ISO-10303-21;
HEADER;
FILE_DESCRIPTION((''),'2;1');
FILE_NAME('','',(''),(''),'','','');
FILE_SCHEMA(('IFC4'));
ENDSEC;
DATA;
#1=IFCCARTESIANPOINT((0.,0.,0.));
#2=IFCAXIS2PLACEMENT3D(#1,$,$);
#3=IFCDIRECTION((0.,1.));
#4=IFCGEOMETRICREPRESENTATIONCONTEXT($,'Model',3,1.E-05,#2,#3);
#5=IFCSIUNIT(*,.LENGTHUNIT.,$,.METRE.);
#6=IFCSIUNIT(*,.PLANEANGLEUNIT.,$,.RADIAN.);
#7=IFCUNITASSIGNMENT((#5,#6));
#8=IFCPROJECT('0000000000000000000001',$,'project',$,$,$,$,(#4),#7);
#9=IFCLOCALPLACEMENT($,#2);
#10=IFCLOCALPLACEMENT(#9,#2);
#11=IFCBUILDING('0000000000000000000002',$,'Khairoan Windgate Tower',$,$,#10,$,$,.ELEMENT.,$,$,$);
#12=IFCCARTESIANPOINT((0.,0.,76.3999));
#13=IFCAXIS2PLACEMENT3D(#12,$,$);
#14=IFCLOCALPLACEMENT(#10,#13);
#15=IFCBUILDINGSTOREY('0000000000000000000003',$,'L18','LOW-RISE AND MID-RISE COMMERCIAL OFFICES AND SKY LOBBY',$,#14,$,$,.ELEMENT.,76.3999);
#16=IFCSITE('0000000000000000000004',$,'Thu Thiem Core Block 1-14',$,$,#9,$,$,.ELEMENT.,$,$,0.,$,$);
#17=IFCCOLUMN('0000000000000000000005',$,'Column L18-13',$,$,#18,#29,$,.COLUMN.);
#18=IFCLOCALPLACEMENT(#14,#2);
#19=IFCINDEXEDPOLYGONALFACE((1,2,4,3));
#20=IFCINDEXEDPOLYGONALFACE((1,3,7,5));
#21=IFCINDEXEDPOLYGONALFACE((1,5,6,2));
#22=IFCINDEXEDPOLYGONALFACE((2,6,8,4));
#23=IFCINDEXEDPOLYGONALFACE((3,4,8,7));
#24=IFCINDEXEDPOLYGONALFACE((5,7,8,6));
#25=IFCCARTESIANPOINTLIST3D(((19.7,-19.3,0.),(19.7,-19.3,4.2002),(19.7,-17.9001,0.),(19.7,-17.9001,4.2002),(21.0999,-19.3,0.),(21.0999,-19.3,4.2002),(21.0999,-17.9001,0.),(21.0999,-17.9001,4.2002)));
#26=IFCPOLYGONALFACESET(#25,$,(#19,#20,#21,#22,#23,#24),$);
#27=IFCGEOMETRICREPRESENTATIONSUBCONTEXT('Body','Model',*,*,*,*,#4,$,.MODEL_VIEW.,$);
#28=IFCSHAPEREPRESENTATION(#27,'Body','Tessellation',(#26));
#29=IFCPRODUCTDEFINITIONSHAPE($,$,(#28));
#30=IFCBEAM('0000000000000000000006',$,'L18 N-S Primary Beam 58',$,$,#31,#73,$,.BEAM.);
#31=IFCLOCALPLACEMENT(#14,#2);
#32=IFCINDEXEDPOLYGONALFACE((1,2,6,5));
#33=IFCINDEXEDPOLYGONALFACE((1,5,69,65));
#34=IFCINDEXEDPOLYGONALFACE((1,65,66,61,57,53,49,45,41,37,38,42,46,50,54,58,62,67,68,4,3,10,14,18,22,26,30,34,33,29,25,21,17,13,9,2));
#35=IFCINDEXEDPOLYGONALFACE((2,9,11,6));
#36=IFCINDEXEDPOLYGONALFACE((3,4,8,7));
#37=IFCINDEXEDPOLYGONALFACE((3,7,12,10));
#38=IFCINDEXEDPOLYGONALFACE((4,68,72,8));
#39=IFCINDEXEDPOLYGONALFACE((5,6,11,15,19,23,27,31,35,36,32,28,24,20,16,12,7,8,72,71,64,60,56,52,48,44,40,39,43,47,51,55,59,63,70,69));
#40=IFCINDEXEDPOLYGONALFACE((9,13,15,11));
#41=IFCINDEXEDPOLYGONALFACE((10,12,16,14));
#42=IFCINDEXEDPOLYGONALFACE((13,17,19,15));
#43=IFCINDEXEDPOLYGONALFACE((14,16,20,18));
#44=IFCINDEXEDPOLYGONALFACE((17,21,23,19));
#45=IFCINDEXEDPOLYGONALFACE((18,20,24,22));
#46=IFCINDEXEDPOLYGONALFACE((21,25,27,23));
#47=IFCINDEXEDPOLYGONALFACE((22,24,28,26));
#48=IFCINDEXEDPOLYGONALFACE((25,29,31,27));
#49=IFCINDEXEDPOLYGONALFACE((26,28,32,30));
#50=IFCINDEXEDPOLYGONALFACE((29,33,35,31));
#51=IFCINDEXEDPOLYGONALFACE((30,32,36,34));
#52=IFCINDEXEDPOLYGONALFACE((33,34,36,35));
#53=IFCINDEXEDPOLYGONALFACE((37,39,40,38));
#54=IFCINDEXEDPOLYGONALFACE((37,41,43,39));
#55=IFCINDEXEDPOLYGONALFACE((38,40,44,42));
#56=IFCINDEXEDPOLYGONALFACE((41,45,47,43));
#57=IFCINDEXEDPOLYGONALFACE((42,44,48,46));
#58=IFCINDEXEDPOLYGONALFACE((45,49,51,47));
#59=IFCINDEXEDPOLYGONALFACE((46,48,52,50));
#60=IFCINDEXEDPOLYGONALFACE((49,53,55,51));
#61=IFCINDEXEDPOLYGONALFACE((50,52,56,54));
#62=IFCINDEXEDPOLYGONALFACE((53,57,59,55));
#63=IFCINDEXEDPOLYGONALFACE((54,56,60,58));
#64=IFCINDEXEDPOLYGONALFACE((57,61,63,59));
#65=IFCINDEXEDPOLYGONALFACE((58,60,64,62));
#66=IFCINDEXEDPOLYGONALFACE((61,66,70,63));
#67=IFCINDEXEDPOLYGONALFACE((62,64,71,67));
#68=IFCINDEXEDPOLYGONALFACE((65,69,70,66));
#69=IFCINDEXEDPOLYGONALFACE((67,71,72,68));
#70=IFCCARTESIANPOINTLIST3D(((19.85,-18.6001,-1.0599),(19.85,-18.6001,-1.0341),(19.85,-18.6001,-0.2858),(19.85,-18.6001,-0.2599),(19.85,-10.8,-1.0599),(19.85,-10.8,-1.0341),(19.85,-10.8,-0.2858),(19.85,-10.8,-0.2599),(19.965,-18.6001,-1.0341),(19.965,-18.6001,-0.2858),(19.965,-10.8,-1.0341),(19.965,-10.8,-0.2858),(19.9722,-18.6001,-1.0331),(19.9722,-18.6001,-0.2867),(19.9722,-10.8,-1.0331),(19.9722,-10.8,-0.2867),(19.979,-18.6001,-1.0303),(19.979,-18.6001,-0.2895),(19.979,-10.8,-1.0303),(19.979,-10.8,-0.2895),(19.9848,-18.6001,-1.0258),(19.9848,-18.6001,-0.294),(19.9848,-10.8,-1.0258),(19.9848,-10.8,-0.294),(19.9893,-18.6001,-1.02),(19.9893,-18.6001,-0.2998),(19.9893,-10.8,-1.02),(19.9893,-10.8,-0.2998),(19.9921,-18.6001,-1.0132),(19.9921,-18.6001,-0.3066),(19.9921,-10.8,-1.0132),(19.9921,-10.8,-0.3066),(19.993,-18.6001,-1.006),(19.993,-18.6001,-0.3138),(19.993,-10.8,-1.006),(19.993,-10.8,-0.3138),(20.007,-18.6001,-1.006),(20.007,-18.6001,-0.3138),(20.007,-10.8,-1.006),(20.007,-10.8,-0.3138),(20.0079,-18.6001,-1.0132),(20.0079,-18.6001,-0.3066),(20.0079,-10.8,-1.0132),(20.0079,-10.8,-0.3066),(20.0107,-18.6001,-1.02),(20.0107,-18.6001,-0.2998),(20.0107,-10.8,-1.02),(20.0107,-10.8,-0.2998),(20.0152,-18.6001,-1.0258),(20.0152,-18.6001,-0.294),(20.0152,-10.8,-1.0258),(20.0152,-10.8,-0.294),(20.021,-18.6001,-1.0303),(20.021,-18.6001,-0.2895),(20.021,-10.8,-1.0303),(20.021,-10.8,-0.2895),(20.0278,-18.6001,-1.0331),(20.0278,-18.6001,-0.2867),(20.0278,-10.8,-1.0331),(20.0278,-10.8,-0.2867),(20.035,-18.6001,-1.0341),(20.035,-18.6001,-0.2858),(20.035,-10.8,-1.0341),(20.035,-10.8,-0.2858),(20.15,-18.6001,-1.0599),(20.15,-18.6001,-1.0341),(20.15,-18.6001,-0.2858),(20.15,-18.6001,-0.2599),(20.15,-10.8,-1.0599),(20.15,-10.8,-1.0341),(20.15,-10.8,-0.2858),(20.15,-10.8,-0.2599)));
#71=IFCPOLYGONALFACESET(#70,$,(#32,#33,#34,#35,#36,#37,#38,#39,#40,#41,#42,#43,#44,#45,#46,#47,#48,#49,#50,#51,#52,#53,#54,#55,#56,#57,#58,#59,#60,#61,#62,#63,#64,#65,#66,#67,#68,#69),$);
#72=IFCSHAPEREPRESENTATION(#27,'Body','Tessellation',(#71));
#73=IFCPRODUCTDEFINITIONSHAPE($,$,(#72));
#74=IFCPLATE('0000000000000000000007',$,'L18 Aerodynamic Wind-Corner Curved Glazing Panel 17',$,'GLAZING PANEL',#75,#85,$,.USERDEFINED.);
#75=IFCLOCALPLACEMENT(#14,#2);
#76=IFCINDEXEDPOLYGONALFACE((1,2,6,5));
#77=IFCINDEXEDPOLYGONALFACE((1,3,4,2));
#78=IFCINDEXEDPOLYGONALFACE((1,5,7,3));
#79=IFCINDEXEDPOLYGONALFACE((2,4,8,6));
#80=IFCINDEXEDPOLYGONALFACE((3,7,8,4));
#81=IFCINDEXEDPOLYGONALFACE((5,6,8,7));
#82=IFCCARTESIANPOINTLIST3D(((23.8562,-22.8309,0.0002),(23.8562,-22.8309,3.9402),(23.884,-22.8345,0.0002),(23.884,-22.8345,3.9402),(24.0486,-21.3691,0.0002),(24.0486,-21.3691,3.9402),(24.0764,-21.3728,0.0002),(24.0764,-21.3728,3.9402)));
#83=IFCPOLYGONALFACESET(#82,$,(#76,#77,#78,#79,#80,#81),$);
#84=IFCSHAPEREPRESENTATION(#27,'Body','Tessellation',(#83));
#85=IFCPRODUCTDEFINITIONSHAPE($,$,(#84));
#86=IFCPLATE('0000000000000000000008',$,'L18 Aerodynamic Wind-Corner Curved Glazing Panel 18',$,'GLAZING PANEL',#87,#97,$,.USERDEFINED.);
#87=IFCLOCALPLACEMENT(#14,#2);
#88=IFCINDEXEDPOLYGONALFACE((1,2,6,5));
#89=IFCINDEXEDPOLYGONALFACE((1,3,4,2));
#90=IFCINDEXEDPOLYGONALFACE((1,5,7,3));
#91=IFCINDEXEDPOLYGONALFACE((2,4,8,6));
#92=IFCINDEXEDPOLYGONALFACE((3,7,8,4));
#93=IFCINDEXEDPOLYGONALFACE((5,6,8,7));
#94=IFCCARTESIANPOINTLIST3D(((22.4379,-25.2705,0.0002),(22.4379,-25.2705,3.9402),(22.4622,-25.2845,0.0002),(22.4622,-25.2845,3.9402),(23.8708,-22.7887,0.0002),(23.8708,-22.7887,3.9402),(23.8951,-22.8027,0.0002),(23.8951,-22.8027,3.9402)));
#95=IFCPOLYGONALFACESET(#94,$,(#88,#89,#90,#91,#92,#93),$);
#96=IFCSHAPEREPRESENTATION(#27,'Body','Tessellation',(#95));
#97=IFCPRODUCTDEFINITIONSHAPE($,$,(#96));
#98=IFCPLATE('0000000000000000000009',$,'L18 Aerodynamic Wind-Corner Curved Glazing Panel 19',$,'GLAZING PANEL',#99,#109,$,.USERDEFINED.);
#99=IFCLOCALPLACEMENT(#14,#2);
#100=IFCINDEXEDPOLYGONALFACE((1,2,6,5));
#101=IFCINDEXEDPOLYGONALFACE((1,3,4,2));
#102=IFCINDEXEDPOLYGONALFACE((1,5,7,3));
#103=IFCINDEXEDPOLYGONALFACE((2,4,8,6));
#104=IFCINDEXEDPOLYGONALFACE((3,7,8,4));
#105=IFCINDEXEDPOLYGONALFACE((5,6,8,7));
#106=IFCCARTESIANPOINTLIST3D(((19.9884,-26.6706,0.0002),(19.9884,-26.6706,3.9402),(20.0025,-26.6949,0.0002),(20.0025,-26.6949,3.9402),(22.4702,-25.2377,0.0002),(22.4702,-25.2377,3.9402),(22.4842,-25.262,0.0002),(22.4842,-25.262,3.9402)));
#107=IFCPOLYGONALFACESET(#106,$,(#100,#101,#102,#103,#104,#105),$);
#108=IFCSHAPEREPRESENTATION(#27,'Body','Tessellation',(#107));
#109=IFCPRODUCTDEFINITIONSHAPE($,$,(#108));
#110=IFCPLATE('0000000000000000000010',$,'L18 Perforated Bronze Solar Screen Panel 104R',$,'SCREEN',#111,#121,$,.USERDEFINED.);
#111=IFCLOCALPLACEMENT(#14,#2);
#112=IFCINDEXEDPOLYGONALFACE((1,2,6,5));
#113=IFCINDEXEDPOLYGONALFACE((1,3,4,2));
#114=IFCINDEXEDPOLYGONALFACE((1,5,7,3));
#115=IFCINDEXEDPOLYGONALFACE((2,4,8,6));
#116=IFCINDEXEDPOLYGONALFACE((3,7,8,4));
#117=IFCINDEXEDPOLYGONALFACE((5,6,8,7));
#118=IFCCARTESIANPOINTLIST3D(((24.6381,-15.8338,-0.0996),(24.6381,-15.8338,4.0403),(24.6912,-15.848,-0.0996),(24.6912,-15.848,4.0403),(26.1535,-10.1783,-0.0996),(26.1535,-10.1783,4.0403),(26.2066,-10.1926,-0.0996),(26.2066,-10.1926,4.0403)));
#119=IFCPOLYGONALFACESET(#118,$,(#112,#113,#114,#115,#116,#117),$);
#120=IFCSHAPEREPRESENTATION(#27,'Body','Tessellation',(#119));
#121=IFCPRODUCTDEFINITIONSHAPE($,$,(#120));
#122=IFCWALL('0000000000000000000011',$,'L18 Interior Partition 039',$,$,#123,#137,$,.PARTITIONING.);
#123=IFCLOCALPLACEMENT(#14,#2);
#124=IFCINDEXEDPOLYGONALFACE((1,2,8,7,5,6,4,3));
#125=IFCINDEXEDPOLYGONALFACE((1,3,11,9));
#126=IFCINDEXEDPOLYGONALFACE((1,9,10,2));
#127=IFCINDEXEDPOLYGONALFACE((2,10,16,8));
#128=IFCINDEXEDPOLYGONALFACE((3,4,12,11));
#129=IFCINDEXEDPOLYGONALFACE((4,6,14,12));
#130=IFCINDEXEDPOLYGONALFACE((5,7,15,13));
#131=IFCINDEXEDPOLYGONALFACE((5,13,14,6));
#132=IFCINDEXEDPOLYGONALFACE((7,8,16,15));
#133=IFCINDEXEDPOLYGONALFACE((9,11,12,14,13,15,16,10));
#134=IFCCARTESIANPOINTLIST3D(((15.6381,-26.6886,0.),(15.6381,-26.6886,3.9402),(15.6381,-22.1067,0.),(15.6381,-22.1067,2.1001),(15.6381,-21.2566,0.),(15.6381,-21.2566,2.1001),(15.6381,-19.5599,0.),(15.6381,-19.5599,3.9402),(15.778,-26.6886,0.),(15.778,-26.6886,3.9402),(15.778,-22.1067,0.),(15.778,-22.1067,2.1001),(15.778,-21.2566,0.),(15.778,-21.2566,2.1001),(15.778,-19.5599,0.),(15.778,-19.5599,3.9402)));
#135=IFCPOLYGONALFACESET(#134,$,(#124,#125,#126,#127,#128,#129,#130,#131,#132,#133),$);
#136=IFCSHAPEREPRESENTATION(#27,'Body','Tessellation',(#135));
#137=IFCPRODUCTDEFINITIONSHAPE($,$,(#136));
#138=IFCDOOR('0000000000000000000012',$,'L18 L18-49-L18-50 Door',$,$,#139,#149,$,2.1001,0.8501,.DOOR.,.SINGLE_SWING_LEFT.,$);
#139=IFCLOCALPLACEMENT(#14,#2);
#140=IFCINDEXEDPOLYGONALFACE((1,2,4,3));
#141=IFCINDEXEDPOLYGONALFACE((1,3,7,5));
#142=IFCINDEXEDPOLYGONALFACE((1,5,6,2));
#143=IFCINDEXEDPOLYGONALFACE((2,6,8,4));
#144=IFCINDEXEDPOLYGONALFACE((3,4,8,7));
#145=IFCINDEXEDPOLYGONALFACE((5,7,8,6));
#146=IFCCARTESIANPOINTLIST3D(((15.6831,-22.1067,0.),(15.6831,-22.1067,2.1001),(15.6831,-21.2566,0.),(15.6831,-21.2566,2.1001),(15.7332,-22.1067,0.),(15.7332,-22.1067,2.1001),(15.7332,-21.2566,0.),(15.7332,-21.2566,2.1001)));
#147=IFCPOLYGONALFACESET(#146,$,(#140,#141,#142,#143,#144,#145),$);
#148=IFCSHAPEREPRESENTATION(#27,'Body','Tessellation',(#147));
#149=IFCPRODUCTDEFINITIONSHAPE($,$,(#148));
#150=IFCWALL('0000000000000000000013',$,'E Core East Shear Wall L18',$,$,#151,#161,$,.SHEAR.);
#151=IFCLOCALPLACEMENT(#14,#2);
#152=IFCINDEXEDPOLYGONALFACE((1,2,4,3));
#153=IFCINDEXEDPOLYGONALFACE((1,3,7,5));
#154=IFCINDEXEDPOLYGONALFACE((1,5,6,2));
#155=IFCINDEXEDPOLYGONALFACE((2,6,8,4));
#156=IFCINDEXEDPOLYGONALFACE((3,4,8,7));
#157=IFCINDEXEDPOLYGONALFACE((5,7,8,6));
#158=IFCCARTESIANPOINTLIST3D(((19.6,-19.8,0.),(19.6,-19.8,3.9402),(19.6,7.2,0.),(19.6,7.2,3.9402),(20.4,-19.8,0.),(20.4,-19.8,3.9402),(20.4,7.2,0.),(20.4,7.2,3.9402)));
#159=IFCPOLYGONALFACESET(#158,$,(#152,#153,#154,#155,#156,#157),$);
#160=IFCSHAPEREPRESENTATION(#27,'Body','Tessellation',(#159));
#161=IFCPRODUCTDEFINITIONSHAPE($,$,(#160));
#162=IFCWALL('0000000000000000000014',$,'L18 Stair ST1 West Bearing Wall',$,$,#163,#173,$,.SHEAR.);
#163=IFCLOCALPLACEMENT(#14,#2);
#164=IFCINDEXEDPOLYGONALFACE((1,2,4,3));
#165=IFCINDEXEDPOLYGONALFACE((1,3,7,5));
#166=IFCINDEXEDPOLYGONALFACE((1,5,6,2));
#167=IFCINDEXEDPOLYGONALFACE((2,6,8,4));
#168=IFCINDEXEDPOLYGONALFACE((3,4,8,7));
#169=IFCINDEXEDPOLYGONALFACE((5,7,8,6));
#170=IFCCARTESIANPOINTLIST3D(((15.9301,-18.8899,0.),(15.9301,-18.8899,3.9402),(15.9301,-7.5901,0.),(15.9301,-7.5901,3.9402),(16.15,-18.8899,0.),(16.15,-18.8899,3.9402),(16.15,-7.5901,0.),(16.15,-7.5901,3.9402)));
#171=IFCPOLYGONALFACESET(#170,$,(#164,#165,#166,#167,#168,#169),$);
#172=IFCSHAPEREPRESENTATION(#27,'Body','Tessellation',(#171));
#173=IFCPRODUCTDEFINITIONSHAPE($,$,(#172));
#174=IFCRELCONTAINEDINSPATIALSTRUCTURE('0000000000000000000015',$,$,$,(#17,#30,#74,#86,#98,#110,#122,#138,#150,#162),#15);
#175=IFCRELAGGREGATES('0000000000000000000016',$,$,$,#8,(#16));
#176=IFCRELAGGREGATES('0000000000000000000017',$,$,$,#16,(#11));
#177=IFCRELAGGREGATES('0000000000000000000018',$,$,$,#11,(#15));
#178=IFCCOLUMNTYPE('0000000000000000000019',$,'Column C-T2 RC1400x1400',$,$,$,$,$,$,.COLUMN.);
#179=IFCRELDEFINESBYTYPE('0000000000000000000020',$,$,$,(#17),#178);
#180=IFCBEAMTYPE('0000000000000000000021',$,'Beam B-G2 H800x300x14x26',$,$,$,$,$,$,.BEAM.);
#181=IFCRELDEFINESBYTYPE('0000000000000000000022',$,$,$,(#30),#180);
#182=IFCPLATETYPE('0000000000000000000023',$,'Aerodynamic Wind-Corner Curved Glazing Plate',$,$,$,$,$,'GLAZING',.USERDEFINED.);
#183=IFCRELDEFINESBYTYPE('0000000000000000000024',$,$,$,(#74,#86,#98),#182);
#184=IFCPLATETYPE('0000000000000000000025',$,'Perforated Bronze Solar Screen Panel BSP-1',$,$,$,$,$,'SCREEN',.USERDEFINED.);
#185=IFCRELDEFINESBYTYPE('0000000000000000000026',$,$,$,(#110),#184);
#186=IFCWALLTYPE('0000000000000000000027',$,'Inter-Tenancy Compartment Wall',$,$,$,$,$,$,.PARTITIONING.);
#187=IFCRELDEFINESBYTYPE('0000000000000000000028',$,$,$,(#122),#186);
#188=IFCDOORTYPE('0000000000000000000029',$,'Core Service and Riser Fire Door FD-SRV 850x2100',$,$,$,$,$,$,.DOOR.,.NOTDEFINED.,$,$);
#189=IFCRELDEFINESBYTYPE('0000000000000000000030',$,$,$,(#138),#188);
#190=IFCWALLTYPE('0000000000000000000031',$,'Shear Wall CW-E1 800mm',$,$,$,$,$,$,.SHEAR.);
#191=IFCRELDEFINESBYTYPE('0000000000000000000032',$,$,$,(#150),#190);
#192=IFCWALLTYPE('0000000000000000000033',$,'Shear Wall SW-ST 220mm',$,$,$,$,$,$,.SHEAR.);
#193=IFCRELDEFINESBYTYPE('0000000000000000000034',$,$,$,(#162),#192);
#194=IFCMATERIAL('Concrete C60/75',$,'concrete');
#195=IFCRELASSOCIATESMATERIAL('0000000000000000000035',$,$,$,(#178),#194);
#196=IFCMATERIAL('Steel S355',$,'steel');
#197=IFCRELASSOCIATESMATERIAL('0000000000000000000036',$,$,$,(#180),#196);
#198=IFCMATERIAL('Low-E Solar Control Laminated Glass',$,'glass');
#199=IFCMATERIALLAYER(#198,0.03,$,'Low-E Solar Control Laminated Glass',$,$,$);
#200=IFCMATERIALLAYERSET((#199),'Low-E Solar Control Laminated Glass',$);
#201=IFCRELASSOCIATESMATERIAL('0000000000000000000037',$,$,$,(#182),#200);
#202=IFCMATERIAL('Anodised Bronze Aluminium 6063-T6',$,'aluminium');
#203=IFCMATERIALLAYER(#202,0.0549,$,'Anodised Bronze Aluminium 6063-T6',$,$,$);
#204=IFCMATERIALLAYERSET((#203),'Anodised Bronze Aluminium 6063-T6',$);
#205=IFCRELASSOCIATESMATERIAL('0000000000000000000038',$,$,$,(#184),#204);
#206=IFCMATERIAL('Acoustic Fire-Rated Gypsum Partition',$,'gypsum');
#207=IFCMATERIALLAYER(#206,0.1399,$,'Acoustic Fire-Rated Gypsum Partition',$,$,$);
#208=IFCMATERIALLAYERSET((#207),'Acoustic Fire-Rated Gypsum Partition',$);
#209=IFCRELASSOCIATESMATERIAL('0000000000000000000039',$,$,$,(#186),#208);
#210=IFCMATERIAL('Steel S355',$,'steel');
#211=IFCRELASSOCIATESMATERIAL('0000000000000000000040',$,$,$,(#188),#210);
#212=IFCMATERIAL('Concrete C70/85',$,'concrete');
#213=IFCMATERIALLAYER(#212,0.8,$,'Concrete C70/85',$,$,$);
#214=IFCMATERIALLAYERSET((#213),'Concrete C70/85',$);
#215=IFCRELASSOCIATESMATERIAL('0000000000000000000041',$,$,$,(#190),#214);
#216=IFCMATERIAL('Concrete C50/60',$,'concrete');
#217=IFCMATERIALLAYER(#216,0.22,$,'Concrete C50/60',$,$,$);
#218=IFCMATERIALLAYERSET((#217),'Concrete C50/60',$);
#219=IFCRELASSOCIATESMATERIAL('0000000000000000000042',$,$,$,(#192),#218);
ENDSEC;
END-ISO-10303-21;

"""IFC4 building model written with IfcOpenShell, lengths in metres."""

from ifc_helpers import new_model, si_unit, direction, frame, frame_2d, origin, origin_2d, place, context, subcontext, project, spatial, rectangle, i_section, extrude, material, layer, layer_set, material_profile, profile_set, type_object, element, fill, save


model = new_model("IFC4")

# Units and contexts
model_context = context("Model", 3, precision=1e-05, world=origin(), true_north=direction((0.0, 1.0)))
body_context = subcontext(model_context, "Body", "Model", "MODEL_VIEW")
ifc_project = project(units=[si_unit("LENGTHUNIT", "METRE"), si_unit("PLANEANGLEUNIT", "RADIAN")], contexts=[model_context])

# Site, building, storey
site_placement = place(None, origin())
site = spatial("IfcSite", under=ifc_project, at=site_placement, Name="Thu Thiem Core Block 1-14", CompositionType="ELEMENT", RefElevation=0.0)
building_placement = place(site_placement, origin())
building = spatial("IfcBuilding", under=site, at=building_placement, Name="Khairoan Windgate Tower", CompositionType="ELEMENT")
storey_placement = place(building_placement, frame((0.0, 0.0, 76.3999)))
storey = spatial("IfcBuildingStorey", under=building, at=storey_placement, Name="L18", Description="LOW-RISE AND MID-RISE COMMERCIAL OFFICES AND SKY LOBBY", CompositionType="ELEMENT", Elevation=76.3999)

# Column
ifc_material_1 = material(Name="Concrete C60/75", Category="concrete")
ifc_material_profile_1 = material_profile(ifc_material_1, rectangle(XDim=1.3999, YDim=1.3999, at=origin_2d()))
ifc_profile_set_1 = profile_set([ifc_material_profile_1], Name="Concrete C60/75")
column_type = type_object("IfcColumnType", Name="Column C-T2 RC1400x1400", PredefinedType="COLUMN", material=ifc_profile_set_1)
column_placement = place(storey_placement, frame((20.3999, -18.6001, 0.0), z_axis=(0.0, 0.0, 1.0), x_axis=(1.0, 0.0, 0.0)))
element("IfcColumn", 1, at=column_placement, inside=storey, type_object=column_type, Name="Column L18-13", PredefinedType="COLUMN", context=body_context, shape_type="SweptSolid", body=[
    extrude(rectangle(XDim=1.3999, YDim=1.3999, at=origin_2d()), origin(), (0.0, 0.0, 1.0), 4.2002),
])

# Beam
ifc_material_2 = material(Name="Steel S355", Category="steel")
ifc_material_profile_2 = material_profile(ifc_material_2, i_section(OverallWidth=0.3, OverallDepth=0.8, WebThickness=0.0139, FlangeThickness=0.0259, FilletRadius=0.0281, at=origin_2d()))
ifc_profile_set_2 = profile_set([ifc_material_profile_2], Name="Steel S355")
beam_type = type_object("IfcBeamType", Name="Beam B-G2 H800x300x14x26", PredefinedType="BEAM", material=ifc_profile_set_2)
beam_placement = place(storey_placement, frame((20.0, -18.6001, -0.6599), z_axis=(0.0, 1.0, 0.0), x_axis=(-1.0, 0.0, 0.0)))
element("IfcBeam", 2, at=beam_placement, inside=storey, type_object=beam_type, Name="L18 N-S Primary Beam 58", PredefinedType="BEAM", context=body_context, shape_type="SweptSolid", body=[
    extrude(i_section(OverallWidth=0.3, OverallDepth=0.8, WebThickness=0.0139, FlangeThickness=0.0259, FilletRadius=0.0281, at=origin_2d()), origin(), (0.0, 0.0, 1.0), 7.8),
])

# Plates
ifc_material_3 = material(Name="Low-E Solar Control Laminated Glass", Category="glass")
ifc_layer_1 = layer(ifc_material_3, 0.03, Name="Low-E Solar Control Laminated Glass")
ifc_layer_set_1 = layer_set([ifc_layer_1], Name="Low-E Solar Control Laminated Glass")
plate_type_1 = type_object("IfcPlateType", Name="Aerodynamic Wind-Corner Curved Glazing Plate", ElementType="GLAZING", PredefinedType="USERDEFINED", material=ifc_layer_set_1)
plate_1_placement = place(storey_placement, frame((23.9663, -22.1018, 0.0002), z_axis=(0.0, 0.0, 1.0), x_axis=(-0.130526, -0.991445, 0.0)))
element("IfcPlate", 3, at=plate_1_placement, inside=storey, type_object=plate_type_1, Name="L18 Aerodynamic Wind-Corner Curved Glazing Panel 17", ObjectType="GLAZING PANEL", PredefinedType="USERDEFINED", context=body_context, shape_type="SweptSolid", body=[
    extrude(rectangle(XDim=1.4744, YDim=0.0281, at=origin_2d()), origin(), (0.0, 0.0, 1.0), 3.9399),
])
for number, where, z_axis, x_axis, name in (
    (4, (23.1665, -24.0366, 0.0002), (0.0, 0.0, 1.0), (-0.5, -0.866025, 0.0), "L18 Aerodynamic Wind-Corner Curved Glazing Panel 18"),
    (5, (21.2363, -25.9663, 0.0002), (0.0, 0.0, 1.0), (-0.866025, -0.5, 0.0), "L18 Aerodynamic Wind-Corner Curved Glazing Panel 19"),
):
    element("IfcPlate", number, at=place(storey_placement, frame(where, z_axis=z_axis, x_axis=x_axis)), inside=storey, type_object=plate_type_1, Name=name, ObjectType="GLAZING PANEL", PredefinedType="USERDEFINED", context=body_context, shape_type="SweptSolid", body=[
        extrude(rectangle(XDim=2.8657, YDim=0.0281, at=origin_2d()), origin(), (0.0, 0.0, 1.0), 3.9399),
    ])

# Plate
ifc_material_4 = material(Name="Anodised Bronze Aluminium 6063-T6", Category="aluminium")
ifc_layer_2 = layer(ifc_material_4, 0.0549, Name="Anodised Bronze Aluminium 6063-T6")
ifc_layer_set_2 = layer_set([ifc_layer_2], Name="Anodised Bronze Aluminium 6063-T6")
plate_type_2 = type_object("IfcPlateType", Name="Perforated Bronze Solar Screen Panel BSP-1", ElementType="SCREEN", PredefinedType="USERDEFINED", material=ifc_layer_set_2)
plate_2_placement = place(storey_placement, frame((25.4224, -13.0132, -0.0996), z_axis=(0.0, 0.0, 1.0), x_axis=(-0.258819, -0.965926, 0.0)))
element("IfcPlate", 6, at=plate_2_placement, inside=storey, type_object=plate_type_2, Name="L18 Perforated Bronze Solar Screen Panel 104R", ObjectType="SCREEN", PredefinedType="USERDEFINED", context=body_context, shape_type="SweptSolid", body=[
    extrude(rectangle(XDim=5.855, YDim=0.0549, at=origin_2d()), origin(), (0.0, 0.0, 1.0), 4.1399),
])

# Wall, opening, door
ifc_material_5 = material(Name="Acoustic Fire-Rated Gypsum Partition", Category="gypsum")
ifc_layer_3 = layer(ifc_material_5, 0.1399, Name="Acoustic Fire-Rated Gypsum Partition")
ifc_layer_set_3 = layer_set([ifc_layer_3], Name="Acoustic Fire-Rated Gypsum Partition")
wall_type_1 = type_object("IfcWallType", Name="Inter-Tenancy Compartment Wall", PredefinedType="PARTITIONING", material=ifc_layer_set_3)
wall_1_placement = place(storey_placement, frame((15.708, -26.6887, 0.0), z_axis=(0.0, 0.0, 1.0), x_axis=(0.0, 1.0, 0.0)))
wall_1 = element("IfcWall", 7, at=wall_1_placement, inside=storey, type_object=wall_type_1, Name="L18 Interior Partition 039", PredefinedType="PARTITIONING", context=body_context, shape_type="SweptSolid", body=[
    extrude(rectangle(XDim=7.1287, YDim=0.1399, at=frame_2d((3.5645, 0.0))), origin(), (0.0, 0.0, 1.0), 3.9402),
])
opening_placement = place(wall_1_placement, frame((4.582, 0.0, 0.0)))
opening = element("IfcOpeningElement", 8, at=opening_placement, cuts=wall_1, PredefinedType="OPENING", context=body_context, shape_type="SweptSolid", body=[
    extrude(rectangle(XDim=0.8501, YDim=2.1001, at=frame_2d((0.425, 1.05))), frame((0.0, 0.0798, 0.0), z_axis=(0.0, -1.0, 0.0), x_axis=(1.0, 0.0, 0.0)), (0.0, 0.0, 1.0), 0.1599),
])
ifc_material_6 = material(Name="Steel S355", Category="steel")
door_type = type_object("IfcDoorType", Name="Core Service and Riser Fire Door FD-SRV 850x2100", OperationType="NOTDEFINED", PredefinedType="DOOR", material=ifc_material_6)
door_placement = place(opening_placement, origin())
door = element("IfcDoor", 9, at=door_placement, inside=storey, type_object=door_type, Name="L18 L18-49-L18-50 Door", OperationType="SINGLE_SWING_LEFT", OverallHeight=2.1001, OverallWidth=0.8501, PredefinedType="DOOR", context=body_context, shape_type="SweptSolid", body=[
    extrude(rectangle(XDim=0.8501, YDim=2.1001, at=frame_2d((0.425, 1.05))), frame((0.0, 0.0249, 0.0), z_axis=(0.0, -1.0, 0.0), x_axis=(1.0, 0.0, 0.0)), (0.0, 0.0, 1.0), 0.05),
])
fill(opening, door)

# Walls
ifc_material_7 = material(Name="Concrete C70/85", Category="concrete")
ifc_layer_4 = layer(ifc_material_7, 0.8, Name="Concrete C70/85")
ifc_layer_set_4 = layer_set([ifc_layer_4], Name="Concrete C70/85")
wall_type_2 = type_object("IfcWallType", Name="Shear Wall CW-E1 800mm", PredefinedType="SHEAR", material=ifc_layer_set_4)
wall_2_placement = place(storey_placement, frame((20.0, -19.8, 0.0), z_axis=(0.0, 0.0, 1.0), x_axis=(0.0, 1.0, 0.0)))
element("IfcWall", 10, at=wall_2_placement, inside=storey, type_object=wall_type_2, Name="E Core East Shear Wall L18", PredefinedType="SHEAR", context=body_context, shape_type="SweptSolid", body=[
    extrude(rectangle(XDim=27.0, YDim=0.8, at=frame_2d((13.5, 0.0))), origin(), (0.0, 0.0, 1.0), 3.9402),
])
ifc_material_8 = material(Name="Concrete C50/60", Category="concrete")
ifc_layer_5 = layer(ifc_material_8, 0.22, Name="Concrete C50/60")
ifc_layer_set_5 = layer_set([ifc_layer_5], Name="Concrete C50/60")
wall_type_3 = type_object("IfcWallType", Name="Shear Wall SW-ST 220mm", PredefinedType="SHEAR", material=ifc_layer_set_5)
for number, where, z_axis, x_axis, name in (
    (11, (16.04, -18.8899, 0.0), (0.0, 0.0, 1.0), (0.0, 1.0, 0.0), "L18 Stair ST1 West Bearing Wall"),
):
    element("IfcWall", number, at=place(storey_placement, frame(where, z_axis=z_axis, x_axis=x_axis)), inside=storey, type_object=wall_type_3, Name=name, PredefinedType="SHEAR", context=body_context, shape_type="SweptSolid", body=[
        extrude(rectangle(XDim=11.2998, YDim=0.22, at=frame_2d((5.6499, 0.0))), origin(), (0.0, 0.0, 1.0), 3.9402),
    ])

save(model, "model.ifc")
